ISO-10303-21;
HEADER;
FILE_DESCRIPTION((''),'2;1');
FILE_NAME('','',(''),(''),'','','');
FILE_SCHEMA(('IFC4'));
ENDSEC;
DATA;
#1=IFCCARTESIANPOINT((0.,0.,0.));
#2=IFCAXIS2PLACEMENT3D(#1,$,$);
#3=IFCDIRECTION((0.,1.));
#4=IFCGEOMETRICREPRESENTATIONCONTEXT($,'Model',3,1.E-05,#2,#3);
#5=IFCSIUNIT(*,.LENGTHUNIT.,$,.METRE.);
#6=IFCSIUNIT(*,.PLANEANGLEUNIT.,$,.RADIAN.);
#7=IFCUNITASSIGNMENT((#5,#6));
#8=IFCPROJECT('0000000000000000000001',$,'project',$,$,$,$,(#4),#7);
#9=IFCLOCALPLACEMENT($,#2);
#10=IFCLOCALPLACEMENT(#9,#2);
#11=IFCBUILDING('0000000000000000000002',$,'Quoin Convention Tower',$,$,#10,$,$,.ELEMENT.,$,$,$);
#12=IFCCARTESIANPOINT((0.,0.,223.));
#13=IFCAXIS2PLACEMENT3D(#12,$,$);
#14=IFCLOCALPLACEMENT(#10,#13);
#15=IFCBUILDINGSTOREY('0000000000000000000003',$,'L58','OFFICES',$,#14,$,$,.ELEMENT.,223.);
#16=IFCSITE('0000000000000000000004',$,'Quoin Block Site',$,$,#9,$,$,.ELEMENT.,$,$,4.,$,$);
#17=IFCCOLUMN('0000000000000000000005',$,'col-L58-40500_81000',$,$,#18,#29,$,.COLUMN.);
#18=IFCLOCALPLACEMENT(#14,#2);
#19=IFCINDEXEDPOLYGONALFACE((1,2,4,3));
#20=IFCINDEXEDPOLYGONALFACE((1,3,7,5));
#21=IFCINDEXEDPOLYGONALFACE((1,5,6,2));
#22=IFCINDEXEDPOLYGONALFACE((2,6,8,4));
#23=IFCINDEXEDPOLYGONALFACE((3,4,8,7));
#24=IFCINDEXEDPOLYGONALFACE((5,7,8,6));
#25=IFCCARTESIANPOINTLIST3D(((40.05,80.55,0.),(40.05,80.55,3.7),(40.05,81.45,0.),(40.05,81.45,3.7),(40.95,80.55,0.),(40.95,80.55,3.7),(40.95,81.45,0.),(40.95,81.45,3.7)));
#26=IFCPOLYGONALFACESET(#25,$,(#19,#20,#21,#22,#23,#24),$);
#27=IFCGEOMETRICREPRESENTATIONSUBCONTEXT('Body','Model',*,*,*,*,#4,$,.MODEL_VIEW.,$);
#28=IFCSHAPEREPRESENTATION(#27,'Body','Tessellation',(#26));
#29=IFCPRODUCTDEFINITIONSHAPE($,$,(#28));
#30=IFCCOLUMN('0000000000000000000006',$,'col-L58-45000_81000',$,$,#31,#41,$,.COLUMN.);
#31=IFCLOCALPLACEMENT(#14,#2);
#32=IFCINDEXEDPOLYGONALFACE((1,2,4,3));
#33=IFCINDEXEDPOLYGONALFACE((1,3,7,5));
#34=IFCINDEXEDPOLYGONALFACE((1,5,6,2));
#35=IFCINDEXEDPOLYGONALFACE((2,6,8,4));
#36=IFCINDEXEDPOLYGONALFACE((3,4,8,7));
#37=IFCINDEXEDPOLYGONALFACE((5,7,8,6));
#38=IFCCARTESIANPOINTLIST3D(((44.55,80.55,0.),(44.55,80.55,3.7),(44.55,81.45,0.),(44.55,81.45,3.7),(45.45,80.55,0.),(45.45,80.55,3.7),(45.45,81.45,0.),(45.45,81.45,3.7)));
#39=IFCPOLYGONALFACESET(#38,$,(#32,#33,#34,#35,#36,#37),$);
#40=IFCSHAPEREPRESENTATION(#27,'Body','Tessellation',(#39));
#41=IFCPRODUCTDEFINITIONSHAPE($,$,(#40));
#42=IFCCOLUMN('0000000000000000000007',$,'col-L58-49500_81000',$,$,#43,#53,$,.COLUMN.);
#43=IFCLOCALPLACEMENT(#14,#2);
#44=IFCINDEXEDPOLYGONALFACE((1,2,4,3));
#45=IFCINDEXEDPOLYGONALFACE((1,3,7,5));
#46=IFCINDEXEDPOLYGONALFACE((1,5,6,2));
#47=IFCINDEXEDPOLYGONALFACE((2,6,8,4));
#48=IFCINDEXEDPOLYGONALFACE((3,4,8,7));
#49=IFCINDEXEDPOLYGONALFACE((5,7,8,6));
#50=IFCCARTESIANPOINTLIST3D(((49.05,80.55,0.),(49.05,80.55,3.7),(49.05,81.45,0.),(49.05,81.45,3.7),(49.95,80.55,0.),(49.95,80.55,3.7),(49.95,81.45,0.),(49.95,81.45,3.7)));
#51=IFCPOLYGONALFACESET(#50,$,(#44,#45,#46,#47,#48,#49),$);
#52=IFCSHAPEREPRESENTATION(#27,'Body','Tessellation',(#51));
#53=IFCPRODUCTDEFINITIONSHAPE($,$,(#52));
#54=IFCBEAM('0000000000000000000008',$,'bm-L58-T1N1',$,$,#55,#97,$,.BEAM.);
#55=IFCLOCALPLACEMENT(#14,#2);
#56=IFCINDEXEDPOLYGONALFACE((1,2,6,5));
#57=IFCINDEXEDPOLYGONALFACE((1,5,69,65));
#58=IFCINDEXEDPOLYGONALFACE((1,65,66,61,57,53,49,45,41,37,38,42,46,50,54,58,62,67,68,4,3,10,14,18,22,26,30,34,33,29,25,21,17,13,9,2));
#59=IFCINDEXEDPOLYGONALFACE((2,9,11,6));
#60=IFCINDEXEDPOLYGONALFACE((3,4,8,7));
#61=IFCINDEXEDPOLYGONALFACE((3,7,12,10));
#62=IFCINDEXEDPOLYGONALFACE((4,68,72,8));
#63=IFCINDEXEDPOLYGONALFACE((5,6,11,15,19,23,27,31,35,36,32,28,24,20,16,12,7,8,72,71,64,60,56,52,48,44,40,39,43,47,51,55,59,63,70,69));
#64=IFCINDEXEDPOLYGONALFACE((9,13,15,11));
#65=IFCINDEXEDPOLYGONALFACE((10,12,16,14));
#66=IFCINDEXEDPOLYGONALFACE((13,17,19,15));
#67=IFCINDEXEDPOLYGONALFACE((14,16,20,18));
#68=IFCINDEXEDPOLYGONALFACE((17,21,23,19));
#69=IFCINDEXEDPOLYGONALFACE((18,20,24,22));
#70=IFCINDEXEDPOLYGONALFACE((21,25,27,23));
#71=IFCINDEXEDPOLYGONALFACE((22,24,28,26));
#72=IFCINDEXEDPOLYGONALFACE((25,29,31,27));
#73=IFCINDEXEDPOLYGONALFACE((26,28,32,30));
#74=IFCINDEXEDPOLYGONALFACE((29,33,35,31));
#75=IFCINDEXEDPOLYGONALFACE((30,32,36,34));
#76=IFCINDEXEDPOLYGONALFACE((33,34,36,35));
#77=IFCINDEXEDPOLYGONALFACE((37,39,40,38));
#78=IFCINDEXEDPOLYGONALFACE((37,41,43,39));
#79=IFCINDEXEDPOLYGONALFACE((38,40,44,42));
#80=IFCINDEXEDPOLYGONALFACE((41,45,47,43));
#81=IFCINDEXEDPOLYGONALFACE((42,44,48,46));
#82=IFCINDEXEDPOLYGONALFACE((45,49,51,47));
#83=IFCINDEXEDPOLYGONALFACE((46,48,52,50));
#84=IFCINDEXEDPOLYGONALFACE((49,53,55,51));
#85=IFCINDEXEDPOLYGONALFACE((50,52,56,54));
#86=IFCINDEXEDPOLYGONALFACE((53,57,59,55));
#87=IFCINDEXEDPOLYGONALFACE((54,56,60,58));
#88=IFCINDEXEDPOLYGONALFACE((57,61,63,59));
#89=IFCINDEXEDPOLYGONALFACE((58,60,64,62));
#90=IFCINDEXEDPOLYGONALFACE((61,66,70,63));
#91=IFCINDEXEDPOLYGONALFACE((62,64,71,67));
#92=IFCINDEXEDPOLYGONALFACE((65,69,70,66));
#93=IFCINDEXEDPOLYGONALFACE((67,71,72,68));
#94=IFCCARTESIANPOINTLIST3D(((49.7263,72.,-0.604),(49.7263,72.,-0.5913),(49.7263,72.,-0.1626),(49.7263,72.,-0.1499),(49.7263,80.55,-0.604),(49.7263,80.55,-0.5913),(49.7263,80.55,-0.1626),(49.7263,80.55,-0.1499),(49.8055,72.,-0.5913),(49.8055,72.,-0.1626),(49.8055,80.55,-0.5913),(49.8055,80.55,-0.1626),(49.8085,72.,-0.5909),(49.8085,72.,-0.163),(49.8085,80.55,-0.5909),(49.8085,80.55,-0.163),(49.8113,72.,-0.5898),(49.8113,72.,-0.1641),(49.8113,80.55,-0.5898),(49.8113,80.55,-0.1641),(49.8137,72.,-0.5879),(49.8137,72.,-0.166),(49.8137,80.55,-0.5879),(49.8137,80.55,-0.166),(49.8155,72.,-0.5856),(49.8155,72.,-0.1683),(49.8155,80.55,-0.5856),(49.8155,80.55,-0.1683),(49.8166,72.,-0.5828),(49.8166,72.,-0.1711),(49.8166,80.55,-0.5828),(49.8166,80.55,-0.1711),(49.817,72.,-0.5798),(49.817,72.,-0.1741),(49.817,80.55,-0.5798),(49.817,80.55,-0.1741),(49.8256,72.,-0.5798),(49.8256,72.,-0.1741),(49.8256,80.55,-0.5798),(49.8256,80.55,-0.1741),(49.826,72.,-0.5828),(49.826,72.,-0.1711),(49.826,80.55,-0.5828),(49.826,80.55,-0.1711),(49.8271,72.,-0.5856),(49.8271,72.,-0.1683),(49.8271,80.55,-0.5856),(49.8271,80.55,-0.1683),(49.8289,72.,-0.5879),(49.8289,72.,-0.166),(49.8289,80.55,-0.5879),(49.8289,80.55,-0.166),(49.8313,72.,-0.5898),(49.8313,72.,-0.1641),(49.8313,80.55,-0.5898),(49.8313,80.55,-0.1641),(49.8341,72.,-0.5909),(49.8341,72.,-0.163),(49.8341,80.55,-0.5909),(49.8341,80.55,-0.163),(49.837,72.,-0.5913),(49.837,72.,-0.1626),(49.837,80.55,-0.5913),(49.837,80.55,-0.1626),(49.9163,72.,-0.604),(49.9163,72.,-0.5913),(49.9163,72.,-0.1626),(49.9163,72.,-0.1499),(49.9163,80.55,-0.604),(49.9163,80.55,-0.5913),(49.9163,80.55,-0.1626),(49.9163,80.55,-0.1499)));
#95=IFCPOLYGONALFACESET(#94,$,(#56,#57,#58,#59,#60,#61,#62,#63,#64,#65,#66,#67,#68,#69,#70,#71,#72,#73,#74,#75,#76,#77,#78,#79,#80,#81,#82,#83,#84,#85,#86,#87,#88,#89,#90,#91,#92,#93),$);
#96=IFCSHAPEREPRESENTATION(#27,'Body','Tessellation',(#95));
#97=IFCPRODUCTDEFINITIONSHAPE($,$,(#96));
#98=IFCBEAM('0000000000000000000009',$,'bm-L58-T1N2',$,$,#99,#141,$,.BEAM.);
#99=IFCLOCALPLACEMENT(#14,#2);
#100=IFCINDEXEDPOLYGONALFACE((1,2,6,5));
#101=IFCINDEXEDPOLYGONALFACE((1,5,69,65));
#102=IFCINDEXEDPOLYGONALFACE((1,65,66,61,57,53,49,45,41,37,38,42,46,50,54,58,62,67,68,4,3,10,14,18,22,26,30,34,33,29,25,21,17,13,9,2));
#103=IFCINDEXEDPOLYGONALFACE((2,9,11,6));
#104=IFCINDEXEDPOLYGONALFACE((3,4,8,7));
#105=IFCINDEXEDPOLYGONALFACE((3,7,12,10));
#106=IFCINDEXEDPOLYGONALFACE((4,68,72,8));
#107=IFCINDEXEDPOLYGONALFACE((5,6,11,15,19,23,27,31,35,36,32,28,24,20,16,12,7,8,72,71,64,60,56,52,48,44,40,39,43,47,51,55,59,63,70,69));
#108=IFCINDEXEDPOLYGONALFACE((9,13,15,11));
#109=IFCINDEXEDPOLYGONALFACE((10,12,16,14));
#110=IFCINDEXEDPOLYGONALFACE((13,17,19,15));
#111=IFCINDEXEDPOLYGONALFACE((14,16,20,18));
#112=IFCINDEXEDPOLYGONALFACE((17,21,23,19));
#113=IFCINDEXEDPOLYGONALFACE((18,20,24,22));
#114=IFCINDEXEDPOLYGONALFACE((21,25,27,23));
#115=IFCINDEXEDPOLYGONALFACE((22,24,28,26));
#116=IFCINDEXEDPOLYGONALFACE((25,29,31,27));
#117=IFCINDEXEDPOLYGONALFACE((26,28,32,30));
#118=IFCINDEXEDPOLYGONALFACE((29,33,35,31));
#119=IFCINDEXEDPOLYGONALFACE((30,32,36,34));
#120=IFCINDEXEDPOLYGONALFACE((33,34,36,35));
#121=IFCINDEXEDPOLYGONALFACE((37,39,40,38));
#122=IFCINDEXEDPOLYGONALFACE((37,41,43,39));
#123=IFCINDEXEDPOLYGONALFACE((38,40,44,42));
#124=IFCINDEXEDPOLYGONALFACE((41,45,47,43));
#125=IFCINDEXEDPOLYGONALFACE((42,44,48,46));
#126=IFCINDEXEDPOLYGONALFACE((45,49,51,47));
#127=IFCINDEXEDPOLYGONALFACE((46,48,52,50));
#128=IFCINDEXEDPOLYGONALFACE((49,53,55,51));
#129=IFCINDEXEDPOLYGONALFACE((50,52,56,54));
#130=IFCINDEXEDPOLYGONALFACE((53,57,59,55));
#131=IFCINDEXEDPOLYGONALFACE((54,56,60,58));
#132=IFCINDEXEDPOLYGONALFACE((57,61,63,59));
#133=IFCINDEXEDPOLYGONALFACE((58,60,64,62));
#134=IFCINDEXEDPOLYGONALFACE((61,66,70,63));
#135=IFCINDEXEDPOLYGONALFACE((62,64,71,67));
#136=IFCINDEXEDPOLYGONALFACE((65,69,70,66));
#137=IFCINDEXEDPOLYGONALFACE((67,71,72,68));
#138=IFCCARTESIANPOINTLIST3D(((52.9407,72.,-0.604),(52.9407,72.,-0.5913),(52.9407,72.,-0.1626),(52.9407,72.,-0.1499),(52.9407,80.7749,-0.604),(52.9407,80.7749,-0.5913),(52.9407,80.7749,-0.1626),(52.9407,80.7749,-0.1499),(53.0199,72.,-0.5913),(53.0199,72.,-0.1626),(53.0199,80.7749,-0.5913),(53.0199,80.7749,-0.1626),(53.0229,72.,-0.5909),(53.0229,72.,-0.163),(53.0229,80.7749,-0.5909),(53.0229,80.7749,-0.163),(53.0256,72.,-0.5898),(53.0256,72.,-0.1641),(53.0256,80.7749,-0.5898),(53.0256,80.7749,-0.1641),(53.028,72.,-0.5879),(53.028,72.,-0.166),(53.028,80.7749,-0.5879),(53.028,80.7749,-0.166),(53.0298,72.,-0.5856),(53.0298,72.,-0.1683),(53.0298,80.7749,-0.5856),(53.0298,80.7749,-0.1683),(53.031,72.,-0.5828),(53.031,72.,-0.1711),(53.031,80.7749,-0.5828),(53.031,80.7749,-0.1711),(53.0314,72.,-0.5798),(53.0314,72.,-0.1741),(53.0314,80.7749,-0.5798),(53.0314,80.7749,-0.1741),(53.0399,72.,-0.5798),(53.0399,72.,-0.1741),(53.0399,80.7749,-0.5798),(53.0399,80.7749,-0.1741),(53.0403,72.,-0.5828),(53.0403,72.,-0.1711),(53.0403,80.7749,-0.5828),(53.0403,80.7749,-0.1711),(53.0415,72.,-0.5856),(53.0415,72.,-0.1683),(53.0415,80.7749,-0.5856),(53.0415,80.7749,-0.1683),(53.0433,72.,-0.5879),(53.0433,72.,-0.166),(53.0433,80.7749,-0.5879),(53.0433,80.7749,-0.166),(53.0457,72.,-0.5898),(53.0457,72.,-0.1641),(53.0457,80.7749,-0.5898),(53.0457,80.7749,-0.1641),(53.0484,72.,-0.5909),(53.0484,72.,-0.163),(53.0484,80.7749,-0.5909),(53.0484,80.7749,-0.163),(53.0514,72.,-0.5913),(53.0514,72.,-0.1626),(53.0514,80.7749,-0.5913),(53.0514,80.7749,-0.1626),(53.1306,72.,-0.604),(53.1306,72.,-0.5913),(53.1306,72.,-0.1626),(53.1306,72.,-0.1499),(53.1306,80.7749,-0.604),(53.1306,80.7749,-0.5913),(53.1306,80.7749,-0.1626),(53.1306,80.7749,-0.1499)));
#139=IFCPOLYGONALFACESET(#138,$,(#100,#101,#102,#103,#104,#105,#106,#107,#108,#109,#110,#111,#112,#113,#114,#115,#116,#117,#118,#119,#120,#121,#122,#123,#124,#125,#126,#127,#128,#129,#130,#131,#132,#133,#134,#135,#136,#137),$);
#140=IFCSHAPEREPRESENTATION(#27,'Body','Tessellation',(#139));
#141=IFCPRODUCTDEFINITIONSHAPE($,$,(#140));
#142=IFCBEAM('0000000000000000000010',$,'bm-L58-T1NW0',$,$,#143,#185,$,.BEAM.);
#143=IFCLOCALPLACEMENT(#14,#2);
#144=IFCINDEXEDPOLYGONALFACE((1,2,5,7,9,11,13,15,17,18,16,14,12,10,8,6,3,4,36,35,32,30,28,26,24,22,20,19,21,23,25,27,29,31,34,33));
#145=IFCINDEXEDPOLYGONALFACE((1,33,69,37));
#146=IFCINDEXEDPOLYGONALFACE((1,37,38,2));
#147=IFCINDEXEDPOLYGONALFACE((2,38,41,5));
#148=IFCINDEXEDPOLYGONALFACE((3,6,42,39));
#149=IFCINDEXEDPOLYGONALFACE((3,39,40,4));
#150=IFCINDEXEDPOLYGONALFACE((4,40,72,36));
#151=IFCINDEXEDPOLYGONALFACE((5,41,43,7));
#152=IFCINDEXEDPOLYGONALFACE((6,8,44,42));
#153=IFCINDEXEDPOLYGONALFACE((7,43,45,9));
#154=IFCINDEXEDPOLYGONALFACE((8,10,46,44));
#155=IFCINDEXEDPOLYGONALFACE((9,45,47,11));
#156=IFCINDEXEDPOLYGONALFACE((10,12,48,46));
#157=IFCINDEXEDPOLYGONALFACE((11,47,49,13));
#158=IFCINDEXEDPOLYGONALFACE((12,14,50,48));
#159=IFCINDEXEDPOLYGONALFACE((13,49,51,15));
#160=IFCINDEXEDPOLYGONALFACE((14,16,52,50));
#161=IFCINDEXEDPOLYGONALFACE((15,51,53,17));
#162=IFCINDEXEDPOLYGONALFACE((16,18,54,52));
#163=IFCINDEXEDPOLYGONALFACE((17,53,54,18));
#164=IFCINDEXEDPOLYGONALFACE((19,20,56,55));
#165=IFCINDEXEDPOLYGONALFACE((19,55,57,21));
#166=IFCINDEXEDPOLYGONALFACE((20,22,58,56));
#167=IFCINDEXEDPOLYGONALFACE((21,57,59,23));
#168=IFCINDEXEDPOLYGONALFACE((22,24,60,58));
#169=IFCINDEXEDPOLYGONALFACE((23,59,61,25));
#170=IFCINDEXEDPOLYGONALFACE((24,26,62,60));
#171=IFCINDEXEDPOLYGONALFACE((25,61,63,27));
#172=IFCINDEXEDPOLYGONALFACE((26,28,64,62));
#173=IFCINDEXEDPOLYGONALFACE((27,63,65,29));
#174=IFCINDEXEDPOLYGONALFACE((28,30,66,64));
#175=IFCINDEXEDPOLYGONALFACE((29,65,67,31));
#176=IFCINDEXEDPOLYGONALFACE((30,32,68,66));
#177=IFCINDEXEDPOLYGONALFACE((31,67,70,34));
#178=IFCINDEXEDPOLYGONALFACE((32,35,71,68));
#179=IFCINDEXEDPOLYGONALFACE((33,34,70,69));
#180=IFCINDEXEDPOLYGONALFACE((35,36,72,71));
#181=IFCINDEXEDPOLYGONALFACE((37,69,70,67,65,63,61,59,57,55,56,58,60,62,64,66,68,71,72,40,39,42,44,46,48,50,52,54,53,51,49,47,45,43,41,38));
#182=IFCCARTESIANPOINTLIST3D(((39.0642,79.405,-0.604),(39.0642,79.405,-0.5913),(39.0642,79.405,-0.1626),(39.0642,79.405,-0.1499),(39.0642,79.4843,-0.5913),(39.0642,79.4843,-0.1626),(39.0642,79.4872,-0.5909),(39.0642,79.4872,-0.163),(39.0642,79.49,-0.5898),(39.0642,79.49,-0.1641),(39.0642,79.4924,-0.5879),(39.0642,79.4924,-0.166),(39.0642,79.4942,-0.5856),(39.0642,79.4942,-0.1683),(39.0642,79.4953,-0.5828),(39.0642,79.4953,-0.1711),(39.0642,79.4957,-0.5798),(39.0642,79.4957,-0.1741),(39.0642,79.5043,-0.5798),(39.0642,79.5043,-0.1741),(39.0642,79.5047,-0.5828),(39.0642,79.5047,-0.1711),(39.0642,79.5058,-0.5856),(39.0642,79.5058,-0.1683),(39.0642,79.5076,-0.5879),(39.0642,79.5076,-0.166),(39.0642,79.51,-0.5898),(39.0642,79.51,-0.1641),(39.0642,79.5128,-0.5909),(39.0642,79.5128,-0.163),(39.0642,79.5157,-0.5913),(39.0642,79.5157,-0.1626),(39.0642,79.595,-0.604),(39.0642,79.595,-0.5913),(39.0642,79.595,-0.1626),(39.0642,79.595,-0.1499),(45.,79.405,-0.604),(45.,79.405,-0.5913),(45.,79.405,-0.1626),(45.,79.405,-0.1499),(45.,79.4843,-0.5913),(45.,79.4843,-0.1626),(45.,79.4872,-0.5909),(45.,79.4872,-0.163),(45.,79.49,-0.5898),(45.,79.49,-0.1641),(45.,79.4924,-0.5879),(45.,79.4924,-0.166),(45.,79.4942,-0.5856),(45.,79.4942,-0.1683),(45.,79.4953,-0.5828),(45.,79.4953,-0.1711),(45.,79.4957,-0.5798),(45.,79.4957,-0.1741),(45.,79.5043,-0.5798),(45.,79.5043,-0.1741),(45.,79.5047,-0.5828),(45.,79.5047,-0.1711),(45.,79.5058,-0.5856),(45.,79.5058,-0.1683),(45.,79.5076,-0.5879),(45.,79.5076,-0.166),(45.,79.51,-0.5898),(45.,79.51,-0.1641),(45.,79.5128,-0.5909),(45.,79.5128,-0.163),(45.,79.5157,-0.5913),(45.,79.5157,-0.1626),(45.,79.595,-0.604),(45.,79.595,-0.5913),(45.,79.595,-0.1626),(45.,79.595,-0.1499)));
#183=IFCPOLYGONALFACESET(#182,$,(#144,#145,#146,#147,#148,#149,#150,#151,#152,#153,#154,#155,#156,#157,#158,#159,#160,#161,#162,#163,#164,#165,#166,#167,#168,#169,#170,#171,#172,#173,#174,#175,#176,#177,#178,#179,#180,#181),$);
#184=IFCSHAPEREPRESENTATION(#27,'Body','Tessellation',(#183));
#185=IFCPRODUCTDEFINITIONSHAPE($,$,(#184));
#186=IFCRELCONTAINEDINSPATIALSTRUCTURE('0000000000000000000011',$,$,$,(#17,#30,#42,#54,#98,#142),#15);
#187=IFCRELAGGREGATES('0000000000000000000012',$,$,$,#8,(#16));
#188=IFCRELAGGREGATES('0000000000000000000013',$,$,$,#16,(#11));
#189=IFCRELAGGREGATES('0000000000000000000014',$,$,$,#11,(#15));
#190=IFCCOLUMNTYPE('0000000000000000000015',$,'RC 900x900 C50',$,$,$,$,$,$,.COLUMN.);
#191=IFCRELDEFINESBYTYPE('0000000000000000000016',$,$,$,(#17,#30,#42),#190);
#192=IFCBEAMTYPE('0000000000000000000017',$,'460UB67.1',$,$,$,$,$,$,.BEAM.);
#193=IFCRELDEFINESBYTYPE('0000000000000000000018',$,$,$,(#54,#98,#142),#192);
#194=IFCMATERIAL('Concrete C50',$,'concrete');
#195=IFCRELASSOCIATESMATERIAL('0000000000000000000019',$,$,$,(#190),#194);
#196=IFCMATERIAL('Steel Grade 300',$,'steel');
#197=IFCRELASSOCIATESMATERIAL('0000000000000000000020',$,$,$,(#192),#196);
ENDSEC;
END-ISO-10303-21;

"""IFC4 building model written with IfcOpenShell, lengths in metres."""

from ifc_helpers import new_model, si_unit, direction, frame, origin, origin_2d, place, context, subcontext, project, spatial, rectangle, i_section, extrude, material, material_profile, profile_set, type_object, element, save


model = new_model("IFC4")

# Units and contexts
model_context = context("Model", 3, precision=1e-05, world=origin(), true_north=direction((0.0, 1.0)))
body_context = subcontext(model_context, "Body", "Model", "MODEL_VIEW")
ifc_project = project(units=[si_unit("LENGTHUNIT", "METRE"), si_unit("PLANEANGLEUNIT", "RADIAN")], contexts=[model_context])

# Site, building, storey
site_placement = place(None, origin())
site = spatial("IfcSite", under=ifc_project, at=site_placement, Name="Quoin Block Site", CompositionType="ELEMENT", RefElevation=4.0)
building_placement = place(site_placement, origin())
building = spatial("IfcBuilding", under=site, at=building_placement, Name="Quoin Convention Tower", CompositionType="ELEMENT")
storey_placement = place(building_placement, frame((0.0, 0.0, 223.0)))
storey = spatial("IfcBuildingStorey", under=building, at=storey_placement, Name="L58", Description="OFFICES", CompositionType="ELEMENT", Elevation=223.0)

# Columns
ifc_material_1 = material(Name="Concrete C50", Category="concrete")
ifc_material_profile_1 = material_profile(ifc_material_1, rectangle(XDim=0.8999, YDim=0.8999, at=origin_2d()), Name="RC 900x900")
ifc_profile_set_1 = profile_set([ifc_material_profile_1], Name="Concrete C50")
column_type = type_object("IfcColumnType", Name="RC 900x900 C50", PredefinedType="COLUMN", material=ifc_profile_set_1)
for number, where, z_axis, x_axis, name in (
    (1, (40.5, 81.0, 0.0), (0.0, 0.0, 1.0), (1.0, 0.0, 0.0), "col-L58-40500_81000"),
    (2, (45.0, 81.0, 0.0), (0.0, 0.0, 1.0), (1.0, 0.0, 0.0), "col-L58-45000_81000"),
    (3, (49.5, 81.0, 0.0), (0.0, 0.0, 1.0), (1.0, 0.0, 0.0), "col-L58-49500_81000"),
):
    element("IfcColumn", number, at=place(storey_placement, frame(where, z_axis=z_axis, x_axis=x_axis)), inside=storey, type_object=column_type, Name=name, PredefinedType="COLUMN", context=body_context, shape_type="SweptSolid", body=[
        extrude(rectangle(XDim=0.8999, YDim=0.8999, at=origin_2d()), origin(), (0.0, 0.0, 1.0), 3.7),
    ])

# Beams
ifc_material_2 = material(Name="Steel Grade 300", Category="steel")
ifc_material_profile_2 = material_profile(ifc_material_2, i_section(OverallWidth=0.1899, OverallDepth=0.4541, WebThickness=0.0085, FlangeThickness=0.0127, FilletRadius=0.0115, at=origin_2d()), Name="460UB67.1")
ifc_profile_set_2 = profile_set([ifc_material_profile_2], Name="Steel Grade 300")
beam_type_1 = type_object("IfcBeamType", Name="460UB67.1", PredefinedType="BEAM", material=ifc_profile_set_2)
beam_1_placement = place(storey_placement, frame((49.8213, 72.0, -0.377), z_axis=(0.0, 1.0, 0.0), x_axis=(-1.0, 0.0, 0.0)))
element("IfcBeam", 4, at=beam_1_placement, inside=storey, type_object=beam_type_1, Name="bm-L58-T1N1", PredefinedType="BEAM", context=body_context, shape_type="SweptSolid", body=[
    extrude(i_section(OverallWidth=0.1899, OverallDepth=0.4541, WebThickness=0.0085, FlangeThickness=0.0127, FilletRadius=0.0115, at=origin_2d()), origin(), (0.0, 0.0, 1.0), 8.55),
])
beam_2_placement = place(storey_placement, frame((53.0356, 72.0, -0.377), z_axis=(0.0, 1.0, 0.0), x_axis=(-1.0, 0.0, 0.0)))
element("IfcBeam", 5, at=beam_2_placement, inside=storey, type_object=beam_type_1, Name="bm-L58-T1N2", PredefinedType="BEAM", context=body_context, shape_type="SweptSolid", body=[
    extrude(i_section(OverallWidth=0.1899, OverallDepth=0.4541, WebThickness=0.0085, FlangeThickness=0.0127, FilletRadius=0.0115, at=origin_2d()), origin(), (0.0, 0.0, 1.0), 8.7749),
])
beam_3_placement = place(storey_placement, frame((39.0642, 79.5, -0.377), z_axis=(1.0, 0.0, 0.0), x_axis=(0.0, 1.0, 0.0)))
element("IfcBeam", 6, at=beam_3_placement, inside=storey, type_object=beam_type_1, Name="bm-L58-T1NW0", PredefinedType="BEAM", context=body_context, shape_type="SweptSolid", body=[
    extrude(i_section(OverallWidth=0.1899, OverallDepth=0.4541, WebThickness=0.0085, FlangeThickness=0.0127, FilletRadius=0.0115, at=origin_2d()), origin(), (0.0, 0.0, 1.0), 5.9358),
])

save(model, "model.ifc")
